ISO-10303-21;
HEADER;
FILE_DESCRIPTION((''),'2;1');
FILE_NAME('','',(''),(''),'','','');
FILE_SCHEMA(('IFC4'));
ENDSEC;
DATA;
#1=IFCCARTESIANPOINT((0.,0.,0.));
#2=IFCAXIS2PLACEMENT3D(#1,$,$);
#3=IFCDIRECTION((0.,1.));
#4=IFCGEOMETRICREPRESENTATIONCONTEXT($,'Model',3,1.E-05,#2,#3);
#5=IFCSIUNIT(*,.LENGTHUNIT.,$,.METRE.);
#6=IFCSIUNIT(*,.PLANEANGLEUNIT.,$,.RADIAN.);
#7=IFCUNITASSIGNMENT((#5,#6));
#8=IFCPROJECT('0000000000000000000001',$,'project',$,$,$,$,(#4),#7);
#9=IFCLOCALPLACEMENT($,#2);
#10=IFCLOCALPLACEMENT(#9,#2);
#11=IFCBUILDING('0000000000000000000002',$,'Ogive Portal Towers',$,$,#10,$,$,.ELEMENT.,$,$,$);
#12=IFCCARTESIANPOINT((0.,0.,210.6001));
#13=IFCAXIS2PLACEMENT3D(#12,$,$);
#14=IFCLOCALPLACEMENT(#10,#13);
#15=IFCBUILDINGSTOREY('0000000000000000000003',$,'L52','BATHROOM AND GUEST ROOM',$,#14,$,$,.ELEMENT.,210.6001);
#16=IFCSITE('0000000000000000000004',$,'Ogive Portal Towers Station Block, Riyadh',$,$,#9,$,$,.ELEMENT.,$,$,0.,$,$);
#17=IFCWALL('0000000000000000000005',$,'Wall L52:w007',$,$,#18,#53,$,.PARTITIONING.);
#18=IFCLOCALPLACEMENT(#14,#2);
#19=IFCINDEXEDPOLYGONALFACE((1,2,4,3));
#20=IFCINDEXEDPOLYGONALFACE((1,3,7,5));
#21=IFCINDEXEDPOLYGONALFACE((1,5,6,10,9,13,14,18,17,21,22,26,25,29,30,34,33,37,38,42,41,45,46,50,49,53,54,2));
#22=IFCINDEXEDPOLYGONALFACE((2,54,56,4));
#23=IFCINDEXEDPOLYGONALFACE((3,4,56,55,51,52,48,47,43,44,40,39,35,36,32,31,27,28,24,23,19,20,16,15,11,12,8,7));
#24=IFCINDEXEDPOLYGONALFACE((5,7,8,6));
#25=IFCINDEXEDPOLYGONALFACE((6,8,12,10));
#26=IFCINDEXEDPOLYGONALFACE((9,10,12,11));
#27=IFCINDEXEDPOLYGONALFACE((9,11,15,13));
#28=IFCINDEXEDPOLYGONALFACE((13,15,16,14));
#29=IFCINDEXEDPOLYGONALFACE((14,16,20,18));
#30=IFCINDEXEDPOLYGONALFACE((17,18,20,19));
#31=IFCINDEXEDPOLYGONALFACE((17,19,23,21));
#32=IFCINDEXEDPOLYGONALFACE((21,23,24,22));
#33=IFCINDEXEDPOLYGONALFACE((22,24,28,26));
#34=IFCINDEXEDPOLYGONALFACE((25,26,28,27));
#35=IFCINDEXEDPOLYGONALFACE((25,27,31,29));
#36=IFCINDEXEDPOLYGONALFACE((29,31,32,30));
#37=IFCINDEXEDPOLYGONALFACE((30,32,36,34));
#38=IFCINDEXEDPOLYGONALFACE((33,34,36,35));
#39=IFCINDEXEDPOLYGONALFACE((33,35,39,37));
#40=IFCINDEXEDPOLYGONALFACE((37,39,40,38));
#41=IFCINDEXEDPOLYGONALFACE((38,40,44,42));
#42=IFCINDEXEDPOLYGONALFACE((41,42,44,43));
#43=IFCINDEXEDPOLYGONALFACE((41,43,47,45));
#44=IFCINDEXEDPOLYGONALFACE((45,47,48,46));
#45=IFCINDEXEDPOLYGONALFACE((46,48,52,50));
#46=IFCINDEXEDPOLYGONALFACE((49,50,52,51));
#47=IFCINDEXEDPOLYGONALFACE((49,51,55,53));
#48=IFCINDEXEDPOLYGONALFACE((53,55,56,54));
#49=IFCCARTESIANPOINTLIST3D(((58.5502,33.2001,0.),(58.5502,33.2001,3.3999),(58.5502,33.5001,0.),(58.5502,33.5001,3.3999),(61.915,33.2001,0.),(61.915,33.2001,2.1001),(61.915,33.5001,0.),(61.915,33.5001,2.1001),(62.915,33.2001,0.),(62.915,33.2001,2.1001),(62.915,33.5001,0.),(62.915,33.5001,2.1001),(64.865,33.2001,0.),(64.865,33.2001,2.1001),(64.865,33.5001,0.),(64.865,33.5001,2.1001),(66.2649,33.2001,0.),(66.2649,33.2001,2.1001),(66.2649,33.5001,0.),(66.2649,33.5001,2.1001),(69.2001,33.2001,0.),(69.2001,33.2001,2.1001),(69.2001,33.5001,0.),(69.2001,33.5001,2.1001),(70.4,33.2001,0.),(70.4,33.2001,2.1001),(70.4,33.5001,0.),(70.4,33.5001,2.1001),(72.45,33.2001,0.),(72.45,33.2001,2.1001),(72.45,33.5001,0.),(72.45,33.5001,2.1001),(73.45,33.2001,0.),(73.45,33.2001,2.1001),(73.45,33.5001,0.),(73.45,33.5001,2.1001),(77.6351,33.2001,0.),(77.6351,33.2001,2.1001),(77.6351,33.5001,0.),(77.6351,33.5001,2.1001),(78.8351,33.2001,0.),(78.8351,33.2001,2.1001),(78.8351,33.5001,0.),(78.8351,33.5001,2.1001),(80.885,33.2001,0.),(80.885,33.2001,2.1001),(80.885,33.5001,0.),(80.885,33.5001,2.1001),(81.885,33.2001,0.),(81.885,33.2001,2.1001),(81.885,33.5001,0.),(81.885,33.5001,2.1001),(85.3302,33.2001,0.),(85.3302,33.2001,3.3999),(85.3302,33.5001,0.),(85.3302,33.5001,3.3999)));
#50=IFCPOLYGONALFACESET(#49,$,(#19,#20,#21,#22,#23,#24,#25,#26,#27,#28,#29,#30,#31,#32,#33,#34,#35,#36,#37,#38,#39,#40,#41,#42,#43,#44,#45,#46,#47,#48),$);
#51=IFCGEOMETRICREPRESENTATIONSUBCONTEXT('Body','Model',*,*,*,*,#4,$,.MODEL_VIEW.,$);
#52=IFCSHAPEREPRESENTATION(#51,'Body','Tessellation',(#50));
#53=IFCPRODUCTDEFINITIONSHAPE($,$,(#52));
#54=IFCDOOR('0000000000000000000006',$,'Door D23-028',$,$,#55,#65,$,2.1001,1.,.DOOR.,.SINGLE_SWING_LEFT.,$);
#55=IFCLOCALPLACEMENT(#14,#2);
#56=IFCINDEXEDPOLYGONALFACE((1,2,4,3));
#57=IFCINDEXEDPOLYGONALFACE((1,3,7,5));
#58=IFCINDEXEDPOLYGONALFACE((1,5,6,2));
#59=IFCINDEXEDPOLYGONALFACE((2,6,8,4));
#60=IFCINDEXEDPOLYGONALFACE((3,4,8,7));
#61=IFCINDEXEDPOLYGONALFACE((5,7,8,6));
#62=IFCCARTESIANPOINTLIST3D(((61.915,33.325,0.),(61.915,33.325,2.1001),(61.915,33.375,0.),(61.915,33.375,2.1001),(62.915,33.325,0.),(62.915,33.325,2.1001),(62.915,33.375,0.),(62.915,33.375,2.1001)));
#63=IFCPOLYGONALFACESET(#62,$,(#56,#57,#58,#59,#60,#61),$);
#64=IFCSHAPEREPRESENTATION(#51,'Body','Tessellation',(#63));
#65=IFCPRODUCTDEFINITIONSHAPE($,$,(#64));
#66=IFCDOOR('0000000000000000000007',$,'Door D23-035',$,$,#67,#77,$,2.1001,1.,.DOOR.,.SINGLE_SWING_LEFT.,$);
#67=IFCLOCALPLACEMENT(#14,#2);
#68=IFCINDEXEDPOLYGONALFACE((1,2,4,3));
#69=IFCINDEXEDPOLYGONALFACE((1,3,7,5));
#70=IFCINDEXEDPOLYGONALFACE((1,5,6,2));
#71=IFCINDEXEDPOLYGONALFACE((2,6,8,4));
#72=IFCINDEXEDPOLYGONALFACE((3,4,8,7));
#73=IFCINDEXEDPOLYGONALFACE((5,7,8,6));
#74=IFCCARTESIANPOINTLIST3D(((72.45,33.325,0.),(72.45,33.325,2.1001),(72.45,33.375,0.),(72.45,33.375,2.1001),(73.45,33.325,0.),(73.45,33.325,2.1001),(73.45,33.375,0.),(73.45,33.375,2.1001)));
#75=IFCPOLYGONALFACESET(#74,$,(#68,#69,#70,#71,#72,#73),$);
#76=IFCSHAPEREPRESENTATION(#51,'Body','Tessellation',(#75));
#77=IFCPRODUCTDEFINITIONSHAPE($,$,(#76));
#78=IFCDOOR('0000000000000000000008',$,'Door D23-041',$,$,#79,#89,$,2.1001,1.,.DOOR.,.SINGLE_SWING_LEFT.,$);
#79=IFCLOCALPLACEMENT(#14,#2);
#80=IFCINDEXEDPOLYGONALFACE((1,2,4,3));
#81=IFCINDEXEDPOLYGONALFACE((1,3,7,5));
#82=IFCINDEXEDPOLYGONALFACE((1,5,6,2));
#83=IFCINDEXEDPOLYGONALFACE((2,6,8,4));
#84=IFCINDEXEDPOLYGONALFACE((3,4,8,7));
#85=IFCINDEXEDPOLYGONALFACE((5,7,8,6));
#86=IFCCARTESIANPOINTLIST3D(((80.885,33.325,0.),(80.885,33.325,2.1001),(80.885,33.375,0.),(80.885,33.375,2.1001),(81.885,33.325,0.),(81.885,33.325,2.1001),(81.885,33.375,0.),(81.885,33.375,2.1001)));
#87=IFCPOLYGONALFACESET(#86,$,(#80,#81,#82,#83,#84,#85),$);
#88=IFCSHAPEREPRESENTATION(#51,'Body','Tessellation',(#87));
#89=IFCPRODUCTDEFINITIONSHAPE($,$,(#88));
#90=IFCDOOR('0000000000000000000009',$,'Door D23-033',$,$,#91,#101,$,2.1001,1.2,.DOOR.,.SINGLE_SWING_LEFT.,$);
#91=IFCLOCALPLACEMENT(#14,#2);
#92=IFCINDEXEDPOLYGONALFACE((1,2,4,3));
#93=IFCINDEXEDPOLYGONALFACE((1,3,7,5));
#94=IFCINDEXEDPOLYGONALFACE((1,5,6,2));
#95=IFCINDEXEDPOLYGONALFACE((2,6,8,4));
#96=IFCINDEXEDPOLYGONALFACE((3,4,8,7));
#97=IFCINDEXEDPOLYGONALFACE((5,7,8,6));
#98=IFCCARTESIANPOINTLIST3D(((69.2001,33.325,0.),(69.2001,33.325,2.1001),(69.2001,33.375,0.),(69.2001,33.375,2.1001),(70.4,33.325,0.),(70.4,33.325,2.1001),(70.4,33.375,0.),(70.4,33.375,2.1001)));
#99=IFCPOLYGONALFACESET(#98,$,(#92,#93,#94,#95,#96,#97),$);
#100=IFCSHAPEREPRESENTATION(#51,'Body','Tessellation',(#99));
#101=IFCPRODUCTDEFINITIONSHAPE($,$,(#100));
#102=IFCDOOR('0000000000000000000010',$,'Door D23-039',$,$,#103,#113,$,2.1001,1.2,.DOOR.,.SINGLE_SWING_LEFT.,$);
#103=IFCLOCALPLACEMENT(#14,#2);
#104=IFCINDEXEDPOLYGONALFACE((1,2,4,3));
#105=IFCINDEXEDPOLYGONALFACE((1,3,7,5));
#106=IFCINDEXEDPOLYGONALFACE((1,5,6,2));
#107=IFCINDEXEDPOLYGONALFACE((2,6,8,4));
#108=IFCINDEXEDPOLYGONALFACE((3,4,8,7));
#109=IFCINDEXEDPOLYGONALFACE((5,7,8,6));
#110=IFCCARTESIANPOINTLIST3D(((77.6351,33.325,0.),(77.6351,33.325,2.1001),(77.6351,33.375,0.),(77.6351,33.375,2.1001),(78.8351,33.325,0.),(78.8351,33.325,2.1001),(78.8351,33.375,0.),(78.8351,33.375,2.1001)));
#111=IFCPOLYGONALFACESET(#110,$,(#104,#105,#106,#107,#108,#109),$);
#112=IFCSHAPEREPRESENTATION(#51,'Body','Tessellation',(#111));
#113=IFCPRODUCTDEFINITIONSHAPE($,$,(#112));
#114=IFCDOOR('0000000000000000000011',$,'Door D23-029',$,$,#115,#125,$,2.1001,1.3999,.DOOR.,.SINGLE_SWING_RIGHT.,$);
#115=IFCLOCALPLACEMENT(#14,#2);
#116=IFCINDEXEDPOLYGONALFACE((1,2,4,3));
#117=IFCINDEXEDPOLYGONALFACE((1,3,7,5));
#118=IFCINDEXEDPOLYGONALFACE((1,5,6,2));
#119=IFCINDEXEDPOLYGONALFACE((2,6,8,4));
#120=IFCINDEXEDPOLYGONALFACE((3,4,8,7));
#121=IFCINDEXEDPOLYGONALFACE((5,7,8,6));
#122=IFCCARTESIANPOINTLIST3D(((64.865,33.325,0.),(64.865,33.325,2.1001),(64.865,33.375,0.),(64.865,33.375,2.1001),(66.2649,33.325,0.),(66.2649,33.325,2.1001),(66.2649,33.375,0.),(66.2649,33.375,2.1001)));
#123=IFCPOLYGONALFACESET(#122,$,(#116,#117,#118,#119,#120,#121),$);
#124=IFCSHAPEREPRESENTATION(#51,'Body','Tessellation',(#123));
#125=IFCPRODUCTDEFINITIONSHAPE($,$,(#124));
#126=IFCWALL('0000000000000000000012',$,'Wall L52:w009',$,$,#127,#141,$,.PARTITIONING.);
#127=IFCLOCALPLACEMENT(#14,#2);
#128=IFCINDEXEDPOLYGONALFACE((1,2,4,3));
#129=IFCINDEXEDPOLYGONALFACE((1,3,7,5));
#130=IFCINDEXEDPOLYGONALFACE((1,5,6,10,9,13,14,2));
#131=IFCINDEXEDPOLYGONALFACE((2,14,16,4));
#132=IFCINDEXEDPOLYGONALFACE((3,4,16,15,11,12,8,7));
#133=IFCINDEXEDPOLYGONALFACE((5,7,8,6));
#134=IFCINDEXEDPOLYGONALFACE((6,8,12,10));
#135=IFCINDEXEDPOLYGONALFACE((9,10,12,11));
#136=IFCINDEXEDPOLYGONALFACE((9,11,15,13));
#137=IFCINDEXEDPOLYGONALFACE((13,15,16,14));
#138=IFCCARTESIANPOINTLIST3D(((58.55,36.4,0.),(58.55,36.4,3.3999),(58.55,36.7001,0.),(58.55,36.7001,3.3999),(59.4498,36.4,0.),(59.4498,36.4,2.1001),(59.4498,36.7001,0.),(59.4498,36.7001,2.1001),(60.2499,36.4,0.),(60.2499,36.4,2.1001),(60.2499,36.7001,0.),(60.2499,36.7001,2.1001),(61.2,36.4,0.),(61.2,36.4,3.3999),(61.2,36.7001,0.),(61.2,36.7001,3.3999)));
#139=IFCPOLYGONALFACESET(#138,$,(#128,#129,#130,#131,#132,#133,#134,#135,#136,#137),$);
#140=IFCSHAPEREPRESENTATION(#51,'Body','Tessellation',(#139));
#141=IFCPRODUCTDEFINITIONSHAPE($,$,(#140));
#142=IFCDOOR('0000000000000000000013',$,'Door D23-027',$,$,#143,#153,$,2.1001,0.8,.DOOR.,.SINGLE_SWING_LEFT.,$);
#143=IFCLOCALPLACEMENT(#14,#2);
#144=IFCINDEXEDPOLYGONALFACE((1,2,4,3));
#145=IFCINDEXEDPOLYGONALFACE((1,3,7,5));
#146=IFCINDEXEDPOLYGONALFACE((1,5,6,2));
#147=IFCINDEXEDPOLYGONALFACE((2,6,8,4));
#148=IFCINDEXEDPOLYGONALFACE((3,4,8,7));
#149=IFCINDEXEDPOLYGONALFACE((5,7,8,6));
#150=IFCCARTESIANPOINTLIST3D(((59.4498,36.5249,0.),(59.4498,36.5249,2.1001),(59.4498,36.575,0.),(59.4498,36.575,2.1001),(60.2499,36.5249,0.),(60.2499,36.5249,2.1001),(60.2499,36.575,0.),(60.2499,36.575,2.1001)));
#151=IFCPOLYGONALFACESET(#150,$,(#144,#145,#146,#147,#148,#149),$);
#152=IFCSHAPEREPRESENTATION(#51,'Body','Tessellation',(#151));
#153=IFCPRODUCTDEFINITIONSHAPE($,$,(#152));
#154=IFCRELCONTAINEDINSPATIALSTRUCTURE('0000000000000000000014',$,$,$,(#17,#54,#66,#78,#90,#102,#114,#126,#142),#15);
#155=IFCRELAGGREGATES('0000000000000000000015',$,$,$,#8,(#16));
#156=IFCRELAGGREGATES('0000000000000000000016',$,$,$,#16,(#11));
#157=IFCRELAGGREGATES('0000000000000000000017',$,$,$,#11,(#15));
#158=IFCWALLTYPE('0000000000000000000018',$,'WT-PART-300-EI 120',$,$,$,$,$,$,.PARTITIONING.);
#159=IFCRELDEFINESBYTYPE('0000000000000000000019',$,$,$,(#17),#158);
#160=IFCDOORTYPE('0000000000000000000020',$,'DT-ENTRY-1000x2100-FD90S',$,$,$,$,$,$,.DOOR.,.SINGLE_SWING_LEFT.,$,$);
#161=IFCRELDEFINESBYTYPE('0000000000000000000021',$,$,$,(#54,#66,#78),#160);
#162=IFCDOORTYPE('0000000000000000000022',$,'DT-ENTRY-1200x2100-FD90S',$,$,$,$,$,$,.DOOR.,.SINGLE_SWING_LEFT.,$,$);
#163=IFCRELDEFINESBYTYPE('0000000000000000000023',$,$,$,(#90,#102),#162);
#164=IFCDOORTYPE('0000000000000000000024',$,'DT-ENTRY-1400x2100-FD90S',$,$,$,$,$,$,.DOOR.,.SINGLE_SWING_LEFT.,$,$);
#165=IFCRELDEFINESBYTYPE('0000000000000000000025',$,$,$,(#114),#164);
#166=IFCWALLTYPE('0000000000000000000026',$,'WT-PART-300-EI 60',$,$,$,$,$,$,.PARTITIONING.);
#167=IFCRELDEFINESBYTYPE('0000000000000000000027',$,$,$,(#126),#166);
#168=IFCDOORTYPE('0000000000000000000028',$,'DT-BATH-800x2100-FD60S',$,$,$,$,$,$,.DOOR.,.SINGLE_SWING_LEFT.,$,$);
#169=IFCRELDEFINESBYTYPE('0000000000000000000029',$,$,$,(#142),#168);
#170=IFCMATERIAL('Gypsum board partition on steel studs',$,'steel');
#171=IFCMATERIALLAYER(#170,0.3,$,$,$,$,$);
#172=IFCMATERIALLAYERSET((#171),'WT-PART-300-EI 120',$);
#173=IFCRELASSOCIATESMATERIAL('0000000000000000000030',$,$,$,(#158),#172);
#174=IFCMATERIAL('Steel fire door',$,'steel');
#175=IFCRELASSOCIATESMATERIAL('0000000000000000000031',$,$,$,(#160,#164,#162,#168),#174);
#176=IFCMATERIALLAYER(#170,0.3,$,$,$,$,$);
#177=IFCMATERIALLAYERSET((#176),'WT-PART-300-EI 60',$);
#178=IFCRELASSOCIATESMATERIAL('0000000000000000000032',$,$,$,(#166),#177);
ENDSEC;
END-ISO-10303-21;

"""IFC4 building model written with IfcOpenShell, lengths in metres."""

from ifc_helpers import new_model, si_unit, direction, frame, frame_2d, origin, place, context, subcontext, project, spatial, rectangle, extrude, material, layer, layer_set, type_object, element, fill, save


model = new_model("IFC4")

# Units and contexts
model_context = context("Model", 3, precision=1e-05, world=origin(), true_north=direction((0.0, 1.0)))
body_context = subcontext(model_context, "Body", "Model", "MODEL_VIEW")
ifc_project = project(units=[si_unit("LENGTHUNIT", "METRE"), si_unit("PLANEANGLEUNIT", "RADIAN")], contexts=[model_context])

# Site, building, storey
site_placement = place(None, origin())
site = spatial("IfcSite", under=ifc_project, at=site_placement, Name="Ogive Portal Towers Station Block, Riyadh", CompositionType="ELEMENT", RefElevation=0.0)
building_placement = place(site_placement, origin())
building = spatial("IfcBuilding", under=site, at=building_placement, Name="Ogive Portal Towers", CompositionType="ELEMENT")
storey_placement = place(building_placement, frame((0.0, 0.0, 210.6001)))
storey = spatial("IfcBuildingStorey", under=building, at=storey_placement, Name="L52", Description="BATHROOM AND GUEST ROOM", CompositionType="ELEMENT", Elevation=210.6001)

# Wall, openings, doors
ifc_material_1 = material(Name="Gypsum board partition on steel studs", Category="steel")
ifc_layer_1 = layer(ifc_material_1, 0.3)
ifc_layer_set_1 = layer_set([ifc_layer_1], Name="WT-PART-300-EI 120")
wall_type_1 = type_object("IfcWallType", Name="WT-PART-300-EI 120", PredefinedType="PARTITIONING", material=ifc_layer_set_1)
ifc_material_2 = material(Name="Steel fire door", Category="steel")
door_type_1 = type_object("IfcDoorType", Name="DT-ENTRY-1000x2100-FD90S", OperationType="SINGLE_SWING_LEFT", PredefinedType="DOOR", material=ifc_material_2)
door_type_2 = type_object("IfcDoorType", Name="DT-ENTRY-1400x2100-FD90S", OperationType="SINGLE_SWING_LEFT", PredefinedType="DOOR", material=ifc_material_2)
wall_1_placement = place(storey_placement, frame((58.55, 33.3501, 0.0), z_axis=(0.0, 0.0, 1.0), x_axis=(1.0, 0.0, 0.0)))
wall_1 = element("IfcWall", 1, at=wall_1_placement, inside=storey, type_object=wall_type_1, Name="Wall L52:w007", PredefinedType="PARTITIONING", context=body_context, shape_type="SweptSolid", body=[
    extrude(rectangle(XDim=26.78, YDim=0.3, at=frame_2d((13.3901, 0.0))), origin(), (0.0, 0.0, 1.0), 3.3999),
])
opening_1_placement = place(wall_1_placement, frame((3.365, 0.0, 0.0)))
opening_1 = element("IfcOpeningElement", 2, at=opening_1_placement, cuts=wall_1, PredefinedType="OPENING", context=body_context, shape_type="SweptSolid", body=[
    extrude(rectangle(XDim=1.0, YDim=2.1001, at=frame_2d((0.5, 1.05))), frame((0.0, 0.1602, 0.0), z_axis=(0.0, -1.0, 0.0), x_axis=(1.0, 0.0, 0.0)), (0.0, 0.0, 1.0), 0.3201),
])
opening_2_placement = place(wall_1_placement, frame((6.3149, 0.0, 0.0)))
opening_2 = element("IfcOpeningElement", 3, at=opening_2_placement, cuts=wall_1, PredefinedType="OPENING", context=body_context, shape_type="SweptSolid", body=[
    extrude(rectangle(XDim=1.3999, YDim=2.1001, at=frame_2d((0.7, 1.05))), frame((0.0, 0.1602, 0.0), z_axis=(0.0, -1.0, 0.0), x_axis=(1.0, 0.0, 0.0)), (0.0, 0.0, 1.0), 0.3201),
])
opening_3_placement = place(wall_1_placement, frame((10.6499, 0.0, 0.0)))
opening_3 = element("IfcOpeningElement", 4, at=opening_3_placement, cuts=wall_1, PredefinedType="OPENING", context=body_context, shape_type="SweptSolid", body=[
    extrude(rectangle(XDim=1.2, YDim=2.1001, at=frame_2d((0.6001, 1.05))), frame((0.0, 0.1602, 0.0), z_axis=(0.0, -1.0, 0.0), x_axis=(1.0, 0.0, 0.0)), (0.0, 0.0, 1.0), 0.3201),
])
opening_4_placement = place(wall_1_placement, frame((13.8999, 0.0, 0.0)))
opening_4 = element("IfcOpeningElement", 5, at=opening_4_placement, cuts=wall_1, PredefinedType="OPENING", context=body_context, shape_type="SweptSolid", body=[
    extrude(rectangle(XDim=1.0, YDim=2.1001, at=frame_2d((0.5, 1.05))), frame((0.0, 0.1602, 0.0), z_axis=(0.0, -1.0, 0.0), x_axis=(1.0, 0.0, 0.0)), (0.0, 0.0, 1.0), 0.3201),
])
opening_5_placement = place(wall_1_placement, frame((19.085, 0.0, 0.0)))
opening_5 = element("IfcOpeningElement", 6, at=opening_5_placement, cuts=wall_1, PredefinedType="OPENING", context=body_context, shape_type="SweptSolid", body=[
    extrude(rectangle(XDim=1.2, YDim=2.1001, at=frame_2d((0.6001, 1.05))), frame((0.0, 0.1602, 0.0), z_axis=(0.0, -1.0, 0.0), x_axis=(1.0, 0.0, 0.0)), (0.0, 0.0, 1.0), 0.3201),
])
opening_6_placement = place(wall_1_placement, frame((22.335, 0.0, 0.0)))
opening_6 = element("IfcOpeningElement", 7, at=opening_6_placement, cuts=wall_1, PredefinedType="OPENING", context=body_context, shape_type="SweptSolid", body=[
    extrude(rectangle(XDim=1.0, YDim=2.1001, at=frame_2d((0.5, 1.05))), frame((0.0, 0.1602, 0.0), z_axis=(0.0, -1.0, 0.0), x_axis=(1.0, 0.0, 0.0)), (0.0, 0.0, 1.0), 0.3201),
])
door_1_placement = place(opening_1_placement, origin())
door_1 = element("IfcDoor", 8, at=door_1_placement, inside=storey, type_object=door_type_1, Name="Door D23-028", OperationType="SINGLE_SWING_LEFT", OverallHeight=2.1001, OverallWidth=1.0, PredefinedType="DOOR", context=body_context, shape_type="SweptSolid", body=[
    extrude(rectangle(XDim=1.0, YDim=2.1001, at=frame_2d((0.5, 1.05))), frame((0.0, 0.0249, 0.0), z_axis=(0.0, -1.0, 0.0), x_axis=(1.0, 0.0, 0.0)), (0.0, 0.0, 1.0), 0.05),
])
fill(opening_1, door_1)
door_2_placement = place(opening_4_placement, origin())
door_2 = element("IfcDoor", 9, at=door_2_placement, inside=storey, type_object=door_type_1, Name="Door D23-035", OperationType="SINGLE_SWING_LEFT", OverallHeight=2.1001, OverallWidth=1.0, PredefinedType="DOOR", context=body_context, shape_type="SweptSolid", body=[
    extrude(rectangle(XDim=1.0, YDim=2.1001, at=frame_2d((0.5, 1.05))), frame((0.0, 0.0249, 0.0), z_axis=(0.0, -1.0, 0.0), x_axis=(1.0, 0.0, 0.0)), (0.0, 0.0, 1.0), 0.05),
])
fill(opening_4, door_2)
door_3_placement = place(opening_6_placement, origin())
door_3 = element("IfcDoor", 10, at=door_3_placement, inside=storey, type_object=door_type_1, Name="Door D23-041", OperationType="SINGLE_SWING_LEFT", OverallHeight=2.1001, OverallWidth=1.0, PredefinedType="DOOR", context=body_context, shape_type="SweptSolid", body=[
    extrude(rectangle(XDim=1.0, YDim=2.1001, at=frame_2d((0.5, 1.05))), frame((0.0, 0.0249, 0.0), z_axis=(0.0, -1.0, 0.0), x_axis=(1.0, 0.0, 0.0)), (0.0, 0.0, 1.0), 0.05),
])
fill(opening_6, door_3)
door_type_3 = type_object("IfcDoorType", Name="DT-ENTRY-1200x2100-FD90S", OperationType="SINGLE_SWING_LEFT", PredefinedType="DOOR", material=ifc_material_2)
door_4_placement = place(opening_3_placement, origin())
door_4 = element("IfcDoor", 11, at=door_4_placement, inside=storey, type_object=door_type_3, Name="Door D23-033", OperationType="SINGLE_SWING_LEFT", OverallHeight=2.1001, OverallWidth=1.2, PredefinedType="DOOR", context=body_context, shape_type="SweptSolid", body=[
    extrude(rectangle(XDim=1.2, YDim=2.1001, at=frame_2d((0.6001, 1.05))), frame((0.0, 0.0249, 0.0), z_axis=(0.0, -1.0, 0.0), x_axis=(1.0, 0.0, 0.0)), (0.0, 0.0, 1.0), 0.05),
])
fill(opening_3, door_4)
door_5_placement = place(opening_5_placement, origin())
door_5 = element("IfcDoor", 12, at=door_5_placement, inside=storey, type_object=door_type_3, Name="Door D23-039", OperationType="SINGLE_SWING_LEFT", OverallHeight=2.1001, OverallWidth=1.2, PredefinedType="DOOR", context=body_context, shape_type="SweptSolid", body=[
    extrude(rectangle(XDim=1.2, YDim=2.1001, at=frame_2d((0.6001, 1.05))), frame((0.0, 0.0249, 0.0), z_axis=(0.0, -1.0, 0.0), x_axis=(1.0, 0.0, 0.0)), (0.0, 0.0, 1.0), 0.05),
])
fill(opening_5, door_5)
door_6_placement = place(opening_2_placement, origin())
door_6 = element("IfcDoor", 13, at=door_6_placement, inside=storey, type_object=door_type_2, Name="Door D23-029", OperationType="SINGLE_SWING_RIGHT", OverallHeight=2.1001, OverallWidth=1.3999, PredefinedType="DOOR", context=body_context, shape_type="SweptSolid", body=[
    extrude(rectangle(XDim=1.3999, YDim=2.1001, at=frame_2d((0.7, 1.05))), frame((0.0, 0.0249, 0.0), z_axis=(0.0, -1.0, 0.0), x_axis=(1.0, 0.0, 0.0)), (0.0, 0.0, 1.0), 0.05),
])
fill(opening_2, door_6)

# Wall, opening, door
ifc_layer_2 = layer(ifc_material_1, 0.3)
ifc_layer_set_2 = layer_set([ifc_layer_2], Name="WT-PART-300-EI 60")
wall_type_2 = type_object("IfcWallType", Name="WT-PART-300-EI 60", PredefinedType="PARTITIONING", material=ifc_layer_set_2)
wall_2_placement = place(storey_placement, frame((58.55, 36.55, 0.0), z_axis=(0.0, 0.0, 1.0), x_axis=(1.0, 0.0, 0.0)))
wall_2 = element("IfcWall", 14, at=wall_2_placement, inside=storey, type_object=wall_type_2, Name="Wall L52:w009", PredefinedType="PARTITIONING", context=body_context, shape_type="SweptSolid", body=[
    extrude(rectangle(XDim=2.6499, YDim=0.3, at=frame_2d((1.325, 0.0))), origin(), (0.0, 0.0, 1.0), 3.3999),
])
opening_7_placement = place(wall_2_placement, frame((0.8999, 0.0, 0.0)))
opening_7 = element("IfcOpeningElement", 15, at=opening_7_placement, cuts=wall_2, PredefinedType="OPENING", context=body_context, shape_type="SweptSolid", body=[
    extrude(rectangle(XDim=0.8, YDim=2.1001, at=frame_2d((0.3999, 1.05))), frame((0.0, 0.1602, 0.0), z_axis=(0.0, -1.0, 0.0), x_axis=(1.0, 0.0, 0.0)), (0.0, 0.0, 1.0), 0.3201),
])
door_type_4 = type_object("IfcDoorType", Name="DT-BATH-800x2100-FD60S", OperationType="SINGLE_SWING_LEFT", PredefinedType="DOOR", material=ifc_material_2)
door_7_placement = place(opening_7_placement, origin())
door_7 = element("IfcDoor", 16, at=door_7_placement, inside=storey, type_object=door_type_4, Name="Door D23-027", OperationType="SINGLE_SWING_LEFT", OverallHeight=2.1001, OverallWidth=0.8, PredefinedType="DOOR", context=body_context, shape_type="SweptSolid", body=[
    extrude(rectangle(XDim=0.8, YDim=2.1001, at=frame_2d((0.3999, 1.05))), frame((0.0, 0.0249, 0.0), z_axis=(0.0, -1.0, 0.0), x_axis=(1.0, 0.0, 0.0)), (0.0, 0.0, 1.0), 0.05),
])
fill(opening_7, door_7)

save(model, "model.ifc")
